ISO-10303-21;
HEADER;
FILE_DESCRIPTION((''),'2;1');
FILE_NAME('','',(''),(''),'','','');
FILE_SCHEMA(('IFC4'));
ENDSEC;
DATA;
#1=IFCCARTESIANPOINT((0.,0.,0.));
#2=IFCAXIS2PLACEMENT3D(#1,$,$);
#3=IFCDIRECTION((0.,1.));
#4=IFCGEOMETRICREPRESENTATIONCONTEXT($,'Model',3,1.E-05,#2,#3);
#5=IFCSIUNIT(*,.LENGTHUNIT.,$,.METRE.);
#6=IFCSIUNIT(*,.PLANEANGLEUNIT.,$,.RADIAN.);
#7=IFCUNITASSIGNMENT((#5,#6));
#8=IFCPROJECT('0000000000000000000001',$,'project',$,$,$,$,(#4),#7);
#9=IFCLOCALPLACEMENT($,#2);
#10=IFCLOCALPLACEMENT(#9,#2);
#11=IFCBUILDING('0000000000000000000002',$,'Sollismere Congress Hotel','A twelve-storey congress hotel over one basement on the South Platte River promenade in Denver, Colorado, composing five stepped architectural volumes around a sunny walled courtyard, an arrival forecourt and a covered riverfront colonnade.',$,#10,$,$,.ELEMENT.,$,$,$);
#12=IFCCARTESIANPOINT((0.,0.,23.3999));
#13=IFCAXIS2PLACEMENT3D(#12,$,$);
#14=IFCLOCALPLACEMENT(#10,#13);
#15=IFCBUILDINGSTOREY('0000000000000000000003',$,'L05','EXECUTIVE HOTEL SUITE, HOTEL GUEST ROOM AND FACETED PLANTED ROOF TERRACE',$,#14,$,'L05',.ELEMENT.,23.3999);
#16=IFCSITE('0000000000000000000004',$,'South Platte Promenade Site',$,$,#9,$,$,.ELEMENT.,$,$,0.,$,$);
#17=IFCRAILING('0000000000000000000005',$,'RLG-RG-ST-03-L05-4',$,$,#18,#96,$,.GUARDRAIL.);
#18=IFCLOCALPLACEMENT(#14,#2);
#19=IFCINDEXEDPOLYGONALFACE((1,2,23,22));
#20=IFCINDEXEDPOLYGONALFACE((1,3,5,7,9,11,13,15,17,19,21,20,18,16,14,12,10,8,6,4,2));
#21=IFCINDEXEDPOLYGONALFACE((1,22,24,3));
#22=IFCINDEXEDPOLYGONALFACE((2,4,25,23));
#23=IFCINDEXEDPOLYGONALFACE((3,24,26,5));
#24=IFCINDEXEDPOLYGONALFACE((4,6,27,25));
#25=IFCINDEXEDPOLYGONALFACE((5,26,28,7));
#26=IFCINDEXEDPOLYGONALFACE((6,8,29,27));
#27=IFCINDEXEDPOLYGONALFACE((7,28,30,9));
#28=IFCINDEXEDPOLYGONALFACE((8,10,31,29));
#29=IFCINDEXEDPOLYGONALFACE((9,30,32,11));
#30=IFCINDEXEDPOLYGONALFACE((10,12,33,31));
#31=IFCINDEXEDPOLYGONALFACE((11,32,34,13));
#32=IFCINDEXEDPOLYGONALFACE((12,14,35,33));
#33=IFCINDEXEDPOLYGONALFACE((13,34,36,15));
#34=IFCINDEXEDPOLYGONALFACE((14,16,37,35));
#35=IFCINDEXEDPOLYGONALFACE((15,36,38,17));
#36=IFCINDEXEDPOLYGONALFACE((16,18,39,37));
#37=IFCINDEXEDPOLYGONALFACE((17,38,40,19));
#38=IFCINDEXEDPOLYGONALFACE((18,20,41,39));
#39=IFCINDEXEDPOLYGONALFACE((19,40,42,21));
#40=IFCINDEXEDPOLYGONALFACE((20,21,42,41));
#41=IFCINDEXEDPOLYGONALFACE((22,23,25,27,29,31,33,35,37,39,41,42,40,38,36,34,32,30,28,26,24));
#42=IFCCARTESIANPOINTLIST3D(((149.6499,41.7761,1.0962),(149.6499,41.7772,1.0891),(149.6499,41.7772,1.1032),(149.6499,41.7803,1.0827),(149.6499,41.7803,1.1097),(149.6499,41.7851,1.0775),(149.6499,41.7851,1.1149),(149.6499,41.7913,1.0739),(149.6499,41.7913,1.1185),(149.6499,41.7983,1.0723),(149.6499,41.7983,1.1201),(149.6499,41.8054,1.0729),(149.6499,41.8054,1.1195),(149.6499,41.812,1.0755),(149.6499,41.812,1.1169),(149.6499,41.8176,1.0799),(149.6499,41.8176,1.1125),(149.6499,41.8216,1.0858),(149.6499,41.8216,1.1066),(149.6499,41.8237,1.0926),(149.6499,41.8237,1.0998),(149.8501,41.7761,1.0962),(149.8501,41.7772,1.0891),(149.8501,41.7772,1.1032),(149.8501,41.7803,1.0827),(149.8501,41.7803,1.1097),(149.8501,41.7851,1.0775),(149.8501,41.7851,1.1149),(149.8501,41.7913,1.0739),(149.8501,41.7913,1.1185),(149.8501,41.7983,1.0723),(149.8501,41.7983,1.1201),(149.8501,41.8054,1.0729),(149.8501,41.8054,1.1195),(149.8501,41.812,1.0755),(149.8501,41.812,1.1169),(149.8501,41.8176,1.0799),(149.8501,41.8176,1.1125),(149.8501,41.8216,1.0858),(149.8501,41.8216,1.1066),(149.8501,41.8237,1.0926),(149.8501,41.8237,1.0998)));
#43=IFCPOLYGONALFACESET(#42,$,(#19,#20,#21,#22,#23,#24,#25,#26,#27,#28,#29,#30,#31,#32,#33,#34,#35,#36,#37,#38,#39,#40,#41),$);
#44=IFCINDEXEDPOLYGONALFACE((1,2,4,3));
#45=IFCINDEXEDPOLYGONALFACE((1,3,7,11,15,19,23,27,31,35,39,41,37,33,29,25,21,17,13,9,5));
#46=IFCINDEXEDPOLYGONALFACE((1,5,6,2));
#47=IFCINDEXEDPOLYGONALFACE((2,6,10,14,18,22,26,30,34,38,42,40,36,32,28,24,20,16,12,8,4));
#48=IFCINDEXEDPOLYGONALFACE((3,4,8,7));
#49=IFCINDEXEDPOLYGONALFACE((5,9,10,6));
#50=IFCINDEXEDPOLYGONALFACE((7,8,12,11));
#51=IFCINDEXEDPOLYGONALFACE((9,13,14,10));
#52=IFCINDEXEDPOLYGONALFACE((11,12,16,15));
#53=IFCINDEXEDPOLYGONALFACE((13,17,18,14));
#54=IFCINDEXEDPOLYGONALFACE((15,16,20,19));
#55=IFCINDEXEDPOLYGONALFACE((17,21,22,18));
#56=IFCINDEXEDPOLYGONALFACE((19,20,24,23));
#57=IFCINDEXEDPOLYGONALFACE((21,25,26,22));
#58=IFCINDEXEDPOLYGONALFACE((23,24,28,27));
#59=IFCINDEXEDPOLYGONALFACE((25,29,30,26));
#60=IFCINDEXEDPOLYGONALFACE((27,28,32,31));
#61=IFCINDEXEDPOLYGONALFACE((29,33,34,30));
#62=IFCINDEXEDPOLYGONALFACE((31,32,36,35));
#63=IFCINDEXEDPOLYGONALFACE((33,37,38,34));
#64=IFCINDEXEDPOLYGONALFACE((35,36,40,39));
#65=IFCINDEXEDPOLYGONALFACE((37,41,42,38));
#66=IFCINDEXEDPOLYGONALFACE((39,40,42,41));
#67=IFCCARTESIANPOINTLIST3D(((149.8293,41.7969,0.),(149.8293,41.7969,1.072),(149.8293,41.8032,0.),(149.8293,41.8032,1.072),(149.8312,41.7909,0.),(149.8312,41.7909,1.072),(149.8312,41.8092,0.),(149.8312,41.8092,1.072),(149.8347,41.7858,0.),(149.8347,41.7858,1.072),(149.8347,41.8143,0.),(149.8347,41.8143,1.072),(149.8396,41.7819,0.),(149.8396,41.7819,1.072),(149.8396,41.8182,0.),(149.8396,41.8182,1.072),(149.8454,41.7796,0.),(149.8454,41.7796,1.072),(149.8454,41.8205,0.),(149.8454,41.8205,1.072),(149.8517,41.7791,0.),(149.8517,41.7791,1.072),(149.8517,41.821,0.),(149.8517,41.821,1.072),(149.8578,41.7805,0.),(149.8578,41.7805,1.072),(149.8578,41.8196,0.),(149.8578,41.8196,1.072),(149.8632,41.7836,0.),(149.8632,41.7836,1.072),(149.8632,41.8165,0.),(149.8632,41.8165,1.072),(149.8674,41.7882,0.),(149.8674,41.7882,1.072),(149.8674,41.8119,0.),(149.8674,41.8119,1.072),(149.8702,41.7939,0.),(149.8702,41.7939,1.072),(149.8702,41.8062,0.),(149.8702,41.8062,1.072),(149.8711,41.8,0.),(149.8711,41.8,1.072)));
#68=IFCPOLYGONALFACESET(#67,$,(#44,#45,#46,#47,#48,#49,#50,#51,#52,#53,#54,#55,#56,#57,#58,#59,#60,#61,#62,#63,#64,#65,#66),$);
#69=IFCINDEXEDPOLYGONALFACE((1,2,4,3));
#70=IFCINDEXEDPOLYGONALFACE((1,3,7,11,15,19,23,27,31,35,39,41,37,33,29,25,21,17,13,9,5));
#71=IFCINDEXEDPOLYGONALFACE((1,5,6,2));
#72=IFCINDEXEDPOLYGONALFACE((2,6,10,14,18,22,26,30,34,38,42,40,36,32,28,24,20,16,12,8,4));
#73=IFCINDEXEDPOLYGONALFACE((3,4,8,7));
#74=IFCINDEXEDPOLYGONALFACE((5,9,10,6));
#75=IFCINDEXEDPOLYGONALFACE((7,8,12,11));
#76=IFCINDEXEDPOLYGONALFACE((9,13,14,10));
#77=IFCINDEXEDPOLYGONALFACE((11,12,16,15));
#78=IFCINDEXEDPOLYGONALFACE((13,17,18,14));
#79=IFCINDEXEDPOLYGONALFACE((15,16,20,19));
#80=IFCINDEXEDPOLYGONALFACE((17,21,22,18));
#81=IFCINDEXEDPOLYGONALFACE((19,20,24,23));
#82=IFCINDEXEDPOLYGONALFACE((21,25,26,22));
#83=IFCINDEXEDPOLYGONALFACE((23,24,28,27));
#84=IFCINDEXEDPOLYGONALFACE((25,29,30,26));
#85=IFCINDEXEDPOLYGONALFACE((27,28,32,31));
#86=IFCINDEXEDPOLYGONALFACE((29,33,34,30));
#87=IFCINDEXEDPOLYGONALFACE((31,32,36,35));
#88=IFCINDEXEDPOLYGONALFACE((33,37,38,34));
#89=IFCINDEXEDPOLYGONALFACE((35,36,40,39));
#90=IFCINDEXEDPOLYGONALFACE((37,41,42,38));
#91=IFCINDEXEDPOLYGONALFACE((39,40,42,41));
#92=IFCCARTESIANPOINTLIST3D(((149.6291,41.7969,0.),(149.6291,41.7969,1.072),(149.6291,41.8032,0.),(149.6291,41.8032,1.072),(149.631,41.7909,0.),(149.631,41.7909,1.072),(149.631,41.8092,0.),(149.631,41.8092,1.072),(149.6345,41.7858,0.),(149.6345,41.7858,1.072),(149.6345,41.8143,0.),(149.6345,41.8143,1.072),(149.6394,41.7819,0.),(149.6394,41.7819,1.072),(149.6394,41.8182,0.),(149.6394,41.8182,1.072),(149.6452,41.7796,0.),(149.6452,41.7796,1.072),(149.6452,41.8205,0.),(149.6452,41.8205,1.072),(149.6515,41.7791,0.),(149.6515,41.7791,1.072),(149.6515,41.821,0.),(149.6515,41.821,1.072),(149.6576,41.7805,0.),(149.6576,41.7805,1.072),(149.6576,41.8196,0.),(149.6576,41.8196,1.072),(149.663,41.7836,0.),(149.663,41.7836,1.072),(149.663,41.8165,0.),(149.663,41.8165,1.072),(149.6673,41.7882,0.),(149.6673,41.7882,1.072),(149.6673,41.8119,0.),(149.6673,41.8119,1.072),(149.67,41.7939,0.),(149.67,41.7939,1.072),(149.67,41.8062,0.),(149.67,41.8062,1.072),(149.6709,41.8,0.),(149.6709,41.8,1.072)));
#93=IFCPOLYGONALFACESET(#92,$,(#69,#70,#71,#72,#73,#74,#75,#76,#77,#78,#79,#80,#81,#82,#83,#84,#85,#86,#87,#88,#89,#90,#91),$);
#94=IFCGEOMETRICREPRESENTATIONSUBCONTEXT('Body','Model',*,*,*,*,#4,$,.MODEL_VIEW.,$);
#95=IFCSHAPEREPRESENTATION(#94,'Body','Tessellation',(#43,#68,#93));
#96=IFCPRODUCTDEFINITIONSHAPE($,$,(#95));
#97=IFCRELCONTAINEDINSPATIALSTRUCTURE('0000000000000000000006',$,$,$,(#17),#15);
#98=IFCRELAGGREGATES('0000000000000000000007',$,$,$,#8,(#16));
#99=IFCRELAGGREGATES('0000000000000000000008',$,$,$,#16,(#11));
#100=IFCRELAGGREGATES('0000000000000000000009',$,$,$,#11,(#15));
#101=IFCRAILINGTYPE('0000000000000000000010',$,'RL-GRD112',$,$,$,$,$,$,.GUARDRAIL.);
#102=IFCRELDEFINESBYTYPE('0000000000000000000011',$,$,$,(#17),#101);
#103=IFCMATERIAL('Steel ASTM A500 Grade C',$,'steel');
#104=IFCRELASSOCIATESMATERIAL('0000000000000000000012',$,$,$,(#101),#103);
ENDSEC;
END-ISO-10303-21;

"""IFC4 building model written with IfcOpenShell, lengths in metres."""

from ifc_helpers import new_model, si_unit, direction, frame, origin, origin_2d, place, context, subcontext, project, spatial, circle, extrude, material, type_object, element, save


model = new_model("IFC4")

# Units and contexts
model_context = context("Model", 3, precision=1e-05, world=origin(), true_north=direction((0.0, 1.0)))
body_context = subcontext(model_context, "Body", "Model", "MODEL_VIEW")
ifc_project = project(units=[si_unit("LENGTHUNIT", "METRE"), si_unit("PLANEANGLEUNIT", "RADIAN")], contexts=[model_context])

# Site, building, storey
site_placement = place(None, origin())
site = spatial("IfcSite", under=ifc_project, at=site_placement, Name="South Platte Promenade Site", CompositionType="ELEMENT", RefElevation=0.0)
building_placement = place(site_placement, origin())
building = spatial("IfcBuilding", under=site, at=building_placement, Name="Sollismere Congress Hotel", Description="A twelve-storey congress hotel over one basement on the South Platte River promenade in Denver, Colorado, composing five stepped architectural volumes around a sunny walled courtyard, an arrival forecourt and a covered riverfront colonnade.", CompositionType="ELEMENT")
storey_placement = place(building_placement, frame((0.0, 0.0, 23.3999)))
storey = spatial("IfcBuildingStorey", under=building, at=storey_placement, Name="L05", Description="EXECUTIVE HOTEL SUITE, HOTEL GUEST ROOM AND FACETED PLANTED ROOF TERRACE", LongName="L05", CompositionType="ELEMENT", Elevation=23.3999)

# Railing
ifc_material_1 = material(Name="Steel ASTM A500 Grade C", Category="steel")
railing_type_1 = type_object("IfcRailingType", Name="RL-GRD112", PredefinedType="GUARDRAIL", material=ifc_material_1)
railing_1_placement = place(storey_placement, frame((149.8501, 41.8, 0.0)))
element("IfcRailing", 1, at=railing_1_placement, inside=storey, type_object=railing_type_1, Name="RLG-RG-ST-03-L05-4", PredefinedType="GUARDRAIL", context=body_context, shape_type="SweptSolid", body=[
    extrude(circle(Radius=0.0239, at=origin_2d()), frame((0.0, 0.0, 1.0962), z_axis=(-1.0, 0.0, 0.0), x_axis=(0.0, -1.0, 0.0)), (0.0, 0.0, 1.0), 0.2002),
    extrude(circle(Radius=0.021, at=origin_2d()), origin(), (0.0, 0.0, 1.0), 1.072),
    extrude(circle(Radius=0.021, at=origin_2d()), frame((-0.2002, 0.0, 0.0)), (0.0, 0.0, 1.0), 1.072),
])

save(model, "model.ifc")
